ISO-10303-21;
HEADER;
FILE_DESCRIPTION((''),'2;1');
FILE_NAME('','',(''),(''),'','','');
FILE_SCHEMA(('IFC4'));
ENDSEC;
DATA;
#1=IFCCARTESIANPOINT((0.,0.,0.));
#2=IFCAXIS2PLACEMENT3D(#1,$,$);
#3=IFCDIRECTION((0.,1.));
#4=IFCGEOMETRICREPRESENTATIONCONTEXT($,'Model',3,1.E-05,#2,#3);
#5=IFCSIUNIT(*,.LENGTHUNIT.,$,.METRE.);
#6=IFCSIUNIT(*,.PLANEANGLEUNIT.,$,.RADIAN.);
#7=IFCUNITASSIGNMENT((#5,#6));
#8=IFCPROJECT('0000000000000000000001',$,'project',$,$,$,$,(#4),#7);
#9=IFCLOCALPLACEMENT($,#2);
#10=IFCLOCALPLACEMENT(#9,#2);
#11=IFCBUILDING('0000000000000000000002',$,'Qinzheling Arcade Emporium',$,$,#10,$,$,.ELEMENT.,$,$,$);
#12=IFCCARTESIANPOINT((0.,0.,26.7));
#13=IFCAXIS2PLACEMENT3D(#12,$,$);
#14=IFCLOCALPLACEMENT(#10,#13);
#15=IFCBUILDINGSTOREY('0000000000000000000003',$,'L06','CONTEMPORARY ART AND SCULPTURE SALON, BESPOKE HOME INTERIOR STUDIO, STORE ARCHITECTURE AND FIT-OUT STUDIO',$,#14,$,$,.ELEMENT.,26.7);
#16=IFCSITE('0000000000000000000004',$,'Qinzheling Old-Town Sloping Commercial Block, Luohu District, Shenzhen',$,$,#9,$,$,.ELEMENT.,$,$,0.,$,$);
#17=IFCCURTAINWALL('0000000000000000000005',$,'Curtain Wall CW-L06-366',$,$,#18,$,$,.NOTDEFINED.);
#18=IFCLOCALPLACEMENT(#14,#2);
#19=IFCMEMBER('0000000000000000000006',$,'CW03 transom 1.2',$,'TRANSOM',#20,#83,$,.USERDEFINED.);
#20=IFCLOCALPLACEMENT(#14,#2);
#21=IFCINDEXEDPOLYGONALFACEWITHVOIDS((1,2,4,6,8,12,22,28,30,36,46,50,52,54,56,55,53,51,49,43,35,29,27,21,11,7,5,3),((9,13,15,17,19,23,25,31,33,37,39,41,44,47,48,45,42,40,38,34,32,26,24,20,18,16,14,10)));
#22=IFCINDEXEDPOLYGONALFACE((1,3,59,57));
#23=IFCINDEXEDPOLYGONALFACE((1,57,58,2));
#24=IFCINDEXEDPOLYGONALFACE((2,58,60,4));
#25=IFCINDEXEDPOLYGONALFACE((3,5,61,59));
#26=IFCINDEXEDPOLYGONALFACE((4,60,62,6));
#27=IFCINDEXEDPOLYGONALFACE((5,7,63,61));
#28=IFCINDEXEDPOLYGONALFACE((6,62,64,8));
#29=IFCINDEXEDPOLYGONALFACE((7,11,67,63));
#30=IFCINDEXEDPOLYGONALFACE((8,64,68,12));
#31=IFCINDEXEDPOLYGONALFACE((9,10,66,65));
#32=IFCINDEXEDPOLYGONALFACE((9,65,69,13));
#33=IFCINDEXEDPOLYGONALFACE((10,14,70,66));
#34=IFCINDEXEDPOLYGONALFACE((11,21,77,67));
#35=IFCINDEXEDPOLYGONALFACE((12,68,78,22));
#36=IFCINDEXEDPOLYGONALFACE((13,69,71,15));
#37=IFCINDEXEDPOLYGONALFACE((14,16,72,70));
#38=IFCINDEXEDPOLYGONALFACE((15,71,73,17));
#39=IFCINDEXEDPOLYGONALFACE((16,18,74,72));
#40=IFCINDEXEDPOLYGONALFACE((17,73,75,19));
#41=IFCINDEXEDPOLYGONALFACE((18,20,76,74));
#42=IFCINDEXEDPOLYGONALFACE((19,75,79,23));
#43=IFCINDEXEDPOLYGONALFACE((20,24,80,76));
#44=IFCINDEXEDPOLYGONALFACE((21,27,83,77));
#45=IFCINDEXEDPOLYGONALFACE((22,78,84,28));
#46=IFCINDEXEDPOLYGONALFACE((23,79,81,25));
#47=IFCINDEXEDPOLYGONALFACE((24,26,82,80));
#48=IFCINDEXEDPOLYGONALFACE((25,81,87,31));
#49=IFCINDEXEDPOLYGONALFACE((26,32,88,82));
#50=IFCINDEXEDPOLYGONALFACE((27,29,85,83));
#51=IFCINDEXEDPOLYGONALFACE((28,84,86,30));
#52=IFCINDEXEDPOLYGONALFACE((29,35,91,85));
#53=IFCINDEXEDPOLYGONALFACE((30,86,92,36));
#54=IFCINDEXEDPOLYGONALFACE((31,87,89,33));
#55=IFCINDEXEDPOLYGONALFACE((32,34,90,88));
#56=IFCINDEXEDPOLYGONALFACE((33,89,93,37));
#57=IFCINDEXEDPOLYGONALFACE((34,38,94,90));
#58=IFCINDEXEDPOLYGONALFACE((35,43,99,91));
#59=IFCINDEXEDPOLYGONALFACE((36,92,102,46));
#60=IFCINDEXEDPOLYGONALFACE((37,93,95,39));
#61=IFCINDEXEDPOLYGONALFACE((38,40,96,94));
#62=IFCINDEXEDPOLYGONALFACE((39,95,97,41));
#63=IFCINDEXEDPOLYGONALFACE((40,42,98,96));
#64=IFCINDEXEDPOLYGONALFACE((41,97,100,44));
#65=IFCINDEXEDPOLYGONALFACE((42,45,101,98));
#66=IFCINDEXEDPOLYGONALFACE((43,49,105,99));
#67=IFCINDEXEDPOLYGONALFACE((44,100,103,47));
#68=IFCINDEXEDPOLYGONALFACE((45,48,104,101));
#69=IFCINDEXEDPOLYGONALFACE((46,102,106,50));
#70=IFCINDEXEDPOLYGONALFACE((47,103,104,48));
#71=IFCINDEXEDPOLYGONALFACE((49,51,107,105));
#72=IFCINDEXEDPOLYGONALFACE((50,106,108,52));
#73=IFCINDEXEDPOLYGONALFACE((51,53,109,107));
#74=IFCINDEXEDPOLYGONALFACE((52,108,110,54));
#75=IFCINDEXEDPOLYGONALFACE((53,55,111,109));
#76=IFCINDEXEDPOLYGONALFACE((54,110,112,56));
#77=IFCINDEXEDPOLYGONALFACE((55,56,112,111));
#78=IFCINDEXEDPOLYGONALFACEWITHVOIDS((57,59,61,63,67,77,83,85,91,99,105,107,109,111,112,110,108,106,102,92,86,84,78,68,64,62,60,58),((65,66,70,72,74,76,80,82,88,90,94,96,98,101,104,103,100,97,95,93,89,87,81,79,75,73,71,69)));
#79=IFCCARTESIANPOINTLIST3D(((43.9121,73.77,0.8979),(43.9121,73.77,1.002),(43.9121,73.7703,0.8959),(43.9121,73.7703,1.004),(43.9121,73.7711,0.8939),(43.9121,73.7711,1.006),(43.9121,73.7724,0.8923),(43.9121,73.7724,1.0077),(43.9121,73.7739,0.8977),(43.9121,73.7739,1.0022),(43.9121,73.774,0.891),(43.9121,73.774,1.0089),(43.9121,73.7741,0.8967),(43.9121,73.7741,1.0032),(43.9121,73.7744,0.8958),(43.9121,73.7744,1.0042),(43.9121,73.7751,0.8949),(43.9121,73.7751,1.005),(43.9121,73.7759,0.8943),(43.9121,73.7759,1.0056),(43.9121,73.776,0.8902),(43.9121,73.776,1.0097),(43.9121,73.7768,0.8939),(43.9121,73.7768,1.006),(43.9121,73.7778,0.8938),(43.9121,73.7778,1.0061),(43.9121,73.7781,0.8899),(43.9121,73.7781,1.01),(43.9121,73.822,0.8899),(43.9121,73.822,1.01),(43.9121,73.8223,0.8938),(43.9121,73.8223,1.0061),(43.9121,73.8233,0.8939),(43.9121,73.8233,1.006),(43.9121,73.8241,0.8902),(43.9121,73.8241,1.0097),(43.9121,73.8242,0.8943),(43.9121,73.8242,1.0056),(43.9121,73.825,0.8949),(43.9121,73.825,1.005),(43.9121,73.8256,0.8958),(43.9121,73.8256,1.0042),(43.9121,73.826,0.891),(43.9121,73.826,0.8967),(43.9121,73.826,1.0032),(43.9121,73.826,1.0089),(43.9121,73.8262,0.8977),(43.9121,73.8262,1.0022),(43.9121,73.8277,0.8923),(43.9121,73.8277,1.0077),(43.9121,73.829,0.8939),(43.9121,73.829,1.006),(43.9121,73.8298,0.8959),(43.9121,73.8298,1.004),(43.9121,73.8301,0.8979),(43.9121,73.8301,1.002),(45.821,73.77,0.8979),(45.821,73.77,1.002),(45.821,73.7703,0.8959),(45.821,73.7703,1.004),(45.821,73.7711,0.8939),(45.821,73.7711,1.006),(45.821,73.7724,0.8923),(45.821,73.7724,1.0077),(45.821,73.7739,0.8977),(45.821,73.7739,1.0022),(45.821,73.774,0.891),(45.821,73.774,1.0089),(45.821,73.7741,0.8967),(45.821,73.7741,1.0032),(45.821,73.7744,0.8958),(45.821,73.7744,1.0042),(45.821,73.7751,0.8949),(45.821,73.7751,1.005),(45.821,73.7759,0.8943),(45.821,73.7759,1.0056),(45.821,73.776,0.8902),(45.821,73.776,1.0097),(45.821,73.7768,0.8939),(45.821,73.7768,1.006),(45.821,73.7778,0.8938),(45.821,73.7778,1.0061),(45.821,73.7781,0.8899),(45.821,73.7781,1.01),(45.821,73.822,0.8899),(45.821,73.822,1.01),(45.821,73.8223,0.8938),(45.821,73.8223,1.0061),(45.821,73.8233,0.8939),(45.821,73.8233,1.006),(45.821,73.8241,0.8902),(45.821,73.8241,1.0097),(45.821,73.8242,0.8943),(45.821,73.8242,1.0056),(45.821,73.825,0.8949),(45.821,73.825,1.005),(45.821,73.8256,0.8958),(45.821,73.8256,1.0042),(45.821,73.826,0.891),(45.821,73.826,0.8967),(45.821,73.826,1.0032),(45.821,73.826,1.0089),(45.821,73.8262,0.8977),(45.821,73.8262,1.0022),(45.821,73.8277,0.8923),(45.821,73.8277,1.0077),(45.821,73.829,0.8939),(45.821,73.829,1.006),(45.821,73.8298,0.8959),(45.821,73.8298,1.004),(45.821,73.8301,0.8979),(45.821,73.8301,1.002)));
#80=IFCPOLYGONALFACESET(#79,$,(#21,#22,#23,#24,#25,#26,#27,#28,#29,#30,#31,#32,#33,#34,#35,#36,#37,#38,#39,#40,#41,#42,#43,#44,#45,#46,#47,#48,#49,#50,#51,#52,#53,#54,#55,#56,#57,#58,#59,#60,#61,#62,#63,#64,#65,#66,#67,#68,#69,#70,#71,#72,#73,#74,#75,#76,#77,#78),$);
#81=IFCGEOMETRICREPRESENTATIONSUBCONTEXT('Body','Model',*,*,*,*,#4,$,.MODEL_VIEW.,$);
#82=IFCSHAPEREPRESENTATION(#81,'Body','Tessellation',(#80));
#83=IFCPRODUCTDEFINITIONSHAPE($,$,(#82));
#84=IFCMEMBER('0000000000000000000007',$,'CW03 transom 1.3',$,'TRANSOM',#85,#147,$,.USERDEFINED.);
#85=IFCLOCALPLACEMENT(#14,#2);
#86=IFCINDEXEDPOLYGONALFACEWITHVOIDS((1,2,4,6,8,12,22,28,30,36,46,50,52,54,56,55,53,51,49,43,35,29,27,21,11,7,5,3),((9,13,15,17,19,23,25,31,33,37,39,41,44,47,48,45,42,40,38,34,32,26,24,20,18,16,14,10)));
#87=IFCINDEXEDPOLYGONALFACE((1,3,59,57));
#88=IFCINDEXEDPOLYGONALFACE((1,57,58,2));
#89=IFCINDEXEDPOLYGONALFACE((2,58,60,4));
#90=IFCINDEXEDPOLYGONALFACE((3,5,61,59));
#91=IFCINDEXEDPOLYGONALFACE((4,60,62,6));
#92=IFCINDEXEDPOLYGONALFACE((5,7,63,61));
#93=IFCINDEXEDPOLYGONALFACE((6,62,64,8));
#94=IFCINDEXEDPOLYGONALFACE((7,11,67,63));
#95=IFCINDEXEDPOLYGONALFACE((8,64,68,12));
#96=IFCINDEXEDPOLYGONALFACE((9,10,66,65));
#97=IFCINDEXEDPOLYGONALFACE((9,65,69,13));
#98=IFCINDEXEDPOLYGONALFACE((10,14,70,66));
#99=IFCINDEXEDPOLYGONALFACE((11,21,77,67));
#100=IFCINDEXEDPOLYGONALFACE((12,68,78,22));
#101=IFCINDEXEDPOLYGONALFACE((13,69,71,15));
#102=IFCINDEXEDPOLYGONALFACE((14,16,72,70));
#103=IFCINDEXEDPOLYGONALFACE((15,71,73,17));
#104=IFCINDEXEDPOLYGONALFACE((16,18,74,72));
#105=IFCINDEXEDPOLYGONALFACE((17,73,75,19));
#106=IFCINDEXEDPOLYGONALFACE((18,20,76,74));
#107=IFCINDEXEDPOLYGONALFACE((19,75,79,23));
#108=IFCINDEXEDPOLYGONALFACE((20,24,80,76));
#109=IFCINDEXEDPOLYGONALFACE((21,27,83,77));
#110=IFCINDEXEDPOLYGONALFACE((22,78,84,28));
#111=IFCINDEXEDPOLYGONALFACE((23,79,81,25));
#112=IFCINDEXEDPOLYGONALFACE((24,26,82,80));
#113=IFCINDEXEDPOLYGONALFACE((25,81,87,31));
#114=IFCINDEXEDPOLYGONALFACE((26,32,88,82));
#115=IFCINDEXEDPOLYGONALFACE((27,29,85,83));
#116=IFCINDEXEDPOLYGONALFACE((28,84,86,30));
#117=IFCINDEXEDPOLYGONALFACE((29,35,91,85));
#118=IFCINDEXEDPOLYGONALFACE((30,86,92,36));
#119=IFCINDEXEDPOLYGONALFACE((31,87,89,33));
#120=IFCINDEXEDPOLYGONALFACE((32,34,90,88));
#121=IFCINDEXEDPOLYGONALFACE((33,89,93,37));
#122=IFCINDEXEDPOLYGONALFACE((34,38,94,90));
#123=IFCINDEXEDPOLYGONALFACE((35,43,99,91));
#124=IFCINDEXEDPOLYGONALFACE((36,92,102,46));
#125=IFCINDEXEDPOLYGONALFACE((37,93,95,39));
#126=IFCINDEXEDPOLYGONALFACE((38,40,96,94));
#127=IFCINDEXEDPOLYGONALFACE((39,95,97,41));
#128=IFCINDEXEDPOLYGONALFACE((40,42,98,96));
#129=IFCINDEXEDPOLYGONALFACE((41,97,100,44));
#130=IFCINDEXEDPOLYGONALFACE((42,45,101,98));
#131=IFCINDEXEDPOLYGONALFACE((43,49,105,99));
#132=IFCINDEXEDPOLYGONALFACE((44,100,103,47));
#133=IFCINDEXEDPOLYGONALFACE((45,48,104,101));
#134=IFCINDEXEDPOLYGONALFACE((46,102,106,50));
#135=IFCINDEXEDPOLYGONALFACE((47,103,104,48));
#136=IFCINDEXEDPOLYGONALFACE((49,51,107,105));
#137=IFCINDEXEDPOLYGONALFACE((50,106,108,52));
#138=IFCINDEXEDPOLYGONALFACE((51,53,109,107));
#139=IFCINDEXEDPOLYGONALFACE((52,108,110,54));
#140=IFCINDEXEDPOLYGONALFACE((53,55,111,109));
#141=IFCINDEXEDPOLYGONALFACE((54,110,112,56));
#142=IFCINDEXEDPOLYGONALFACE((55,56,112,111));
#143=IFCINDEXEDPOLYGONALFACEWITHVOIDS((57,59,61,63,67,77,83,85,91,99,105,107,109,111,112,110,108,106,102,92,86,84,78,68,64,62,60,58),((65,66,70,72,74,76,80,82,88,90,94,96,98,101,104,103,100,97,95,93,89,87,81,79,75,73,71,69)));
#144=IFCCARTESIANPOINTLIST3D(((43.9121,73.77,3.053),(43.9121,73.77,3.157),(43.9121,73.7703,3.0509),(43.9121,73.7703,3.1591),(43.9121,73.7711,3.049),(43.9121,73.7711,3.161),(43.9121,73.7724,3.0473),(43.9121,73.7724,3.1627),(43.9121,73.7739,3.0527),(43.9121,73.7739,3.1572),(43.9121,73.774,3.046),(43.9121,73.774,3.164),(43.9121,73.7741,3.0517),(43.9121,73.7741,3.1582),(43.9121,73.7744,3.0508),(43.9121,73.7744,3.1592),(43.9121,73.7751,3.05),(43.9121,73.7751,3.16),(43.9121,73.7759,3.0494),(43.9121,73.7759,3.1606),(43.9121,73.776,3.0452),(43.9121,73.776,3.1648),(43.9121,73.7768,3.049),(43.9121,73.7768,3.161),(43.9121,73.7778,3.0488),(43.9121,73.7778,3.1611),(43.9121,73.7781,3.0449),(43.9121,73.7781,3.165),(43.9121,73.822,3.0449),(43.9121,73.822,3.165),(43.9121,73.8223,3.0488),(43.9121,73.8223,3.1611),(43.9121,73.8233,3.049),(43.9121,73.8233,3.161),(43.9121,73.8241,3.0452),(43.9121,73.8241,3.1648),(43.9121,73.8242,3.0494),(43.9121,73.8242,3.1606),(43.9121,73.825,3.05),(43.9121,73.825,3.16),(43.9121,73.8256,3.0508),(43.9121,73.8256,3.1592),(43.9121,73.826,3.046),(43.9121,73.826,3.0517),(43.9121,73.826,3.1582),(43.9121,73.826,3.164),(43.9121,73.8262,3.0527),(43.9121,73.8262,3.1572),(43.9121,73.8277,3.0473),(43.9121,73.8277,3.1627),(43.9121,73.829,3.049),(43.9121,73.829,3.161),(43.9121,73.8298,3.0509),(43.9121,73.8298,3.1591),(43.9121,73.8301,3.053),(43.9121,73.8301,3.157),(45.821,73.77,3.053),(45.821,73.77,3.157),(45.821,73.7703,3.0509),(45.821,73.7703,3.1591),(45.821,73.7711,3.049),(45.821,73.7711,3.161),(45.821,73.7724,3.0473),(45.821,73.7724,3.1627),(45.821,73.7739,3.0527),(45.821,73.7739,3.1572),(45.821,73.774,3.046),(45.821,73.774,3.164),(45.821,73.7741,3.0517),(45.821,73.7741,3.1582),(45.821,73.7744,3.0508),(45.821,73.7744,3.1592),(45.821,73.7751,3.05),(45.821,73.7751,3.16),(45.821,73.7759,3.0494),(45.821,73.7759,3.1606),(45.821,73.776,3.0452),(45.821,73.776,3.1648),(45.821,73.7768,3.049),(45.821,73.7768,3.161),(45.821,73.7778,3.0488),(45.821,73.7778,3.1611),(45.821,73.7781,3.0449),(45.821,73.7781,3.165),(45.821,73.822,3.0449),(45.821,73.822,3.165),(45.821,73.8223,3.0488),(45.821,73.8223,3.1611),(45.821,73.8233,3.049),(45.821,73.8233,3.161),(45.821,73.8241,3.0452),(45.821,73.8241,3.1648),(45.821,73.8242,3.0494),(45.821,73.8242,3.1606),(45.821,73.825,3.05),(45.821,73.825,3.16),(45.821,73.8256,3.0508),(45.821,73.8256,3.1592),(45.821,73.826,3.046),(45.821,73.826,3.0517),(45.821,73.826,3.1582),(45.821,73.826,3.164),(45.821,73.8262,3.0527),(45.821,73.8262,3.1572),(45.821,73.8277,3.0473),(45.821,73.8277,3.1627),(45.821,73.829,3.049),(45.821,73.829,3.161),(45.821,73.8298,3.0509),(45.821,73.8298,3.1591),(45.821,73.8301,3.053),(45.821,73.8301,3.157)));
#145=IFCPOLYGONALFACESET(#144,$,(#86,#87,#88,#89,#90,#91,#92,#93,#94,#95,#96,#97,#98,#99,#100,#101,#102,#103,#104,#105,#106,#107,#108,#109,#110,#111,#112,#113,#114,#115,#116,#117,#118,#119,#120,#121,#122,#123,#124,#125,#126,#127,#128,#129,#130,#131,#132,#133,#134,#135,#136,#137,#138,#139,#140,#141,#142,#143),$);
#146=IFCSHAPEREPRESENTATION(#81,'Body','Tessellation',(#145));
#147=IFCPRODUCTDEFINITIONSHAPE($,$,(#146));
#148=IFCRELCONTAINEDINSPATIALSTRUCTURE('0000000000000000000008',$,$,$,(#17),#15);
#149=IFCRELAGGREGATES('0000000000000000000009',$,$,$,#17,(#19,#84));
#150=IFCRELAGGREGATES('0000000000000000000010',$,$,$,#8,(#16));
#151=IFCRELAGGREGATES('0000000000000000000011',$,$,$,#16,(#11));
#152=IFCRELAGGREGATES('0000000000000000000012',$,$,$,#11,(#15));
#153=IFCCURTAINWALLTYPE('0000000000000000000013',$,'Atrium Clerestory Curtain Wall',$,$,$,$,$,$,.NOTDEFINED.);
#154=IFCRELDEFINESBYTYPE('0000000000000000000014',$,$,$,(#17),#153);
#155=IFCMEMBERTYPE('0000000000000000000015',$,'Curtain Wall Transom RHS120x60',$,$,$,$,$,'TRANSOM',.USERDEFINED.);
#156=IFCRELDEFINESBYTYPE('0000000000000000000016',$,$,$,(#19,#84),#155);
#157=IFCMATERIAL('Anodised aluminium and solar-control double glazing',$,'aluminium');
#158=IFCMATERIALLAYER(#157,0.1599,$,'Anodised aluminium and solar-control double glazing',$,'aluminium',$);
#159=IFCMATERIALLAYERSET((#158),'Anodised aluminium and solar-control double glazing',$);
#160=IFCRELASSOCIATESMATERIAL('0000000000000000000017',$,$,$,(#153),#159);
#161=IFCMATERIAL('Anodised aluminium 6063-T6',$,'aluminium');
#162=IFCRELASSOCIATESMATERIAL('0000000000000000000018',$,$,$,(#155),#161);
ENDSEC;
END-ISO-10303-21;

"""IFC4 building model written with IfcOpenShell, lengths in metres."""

from ifc_helpers import new_model, si_unit, direction, frame, origin, origin_2d, place, context, subcontext, project, spatial, hollow_rectangle, extrude, material, layer, layer_set, material_profile, profile_set, type_object, element, aggregate, save


model = new_model("IFC4")

# Units and contexts
model_context = context("Model", 3, precision=1e-05, world=origin(), true_north=direction((0.0, 1.0)))
body_context = subcontext(model_context, "Body", "Model", "MODEL_VIEW")
ifc_project = project(units=[si_unit("LENGTHUNIT", "METRE"), si_unit("PLANEANGLEUNIT", "RADIAN")], contexts=[model_context])

# Site, building, storey
site_placement = place(None, origin())
site = spatial("IfcSite", under=ifc_project, at=site_placement, Name="Qinzheling Old-Town Sloping Commercial Block, Luohu District, Shenzhen", CompositionType="ELEMENT", RefElevation=0.0)
building_placement = place(site_placement, origin())
building = spatial("IfcBuilding", under=site, at=building_placement, Name="Qinzheling Arcade Emporium", CompositionType="ELEMENT")
storey_placement = place(building_placement, frame((0.0, 0.0, 26.7)))
storey = spatial("IfcBuildingStorey", under=building, at=storey_placement, Name="L06", Description="CONTEMPORARY ART AND SCULPTURE SALON, BESPOKE HOME INTERIOR STUDIO, STORE ARCHITECTURE AND FIT-OUT STUDIO", CompositionType="ELEMENT", Elevation=26.7)

# Curtain wall, members
ifc_material_1 = material(Name="Anodised aluminium and solar-control double glazing", Category="aluminium")
ifc_layer_1 = layer(ifc_material_1, 0.1599, Name="Anodised aluminium and solar-control double glazing", Category="aluminium")
ifc_layer_set_1 = layer_set([ifc_layer_1], Name="Anodised aluminium and solar-control double glazing")
curtain_wall_type = type_object("IfcCurtainWallType", Name="Atrium Clerestory Curtain Wall", PredefinedType="NOTDEFINED", material=ifc_layer_set_1)
curtain_wall_placement = place(storey_placement, origin())
curtain_wall = element("IfcCurtainWall", 1, at=curtain_wall_placement, inside=storey, type_object=curtain_wall_type, Name="Curtain Wall CW-L06-366", PredefinedType="NOTDEFINED")
ifc_material_2 = material(Name="Anodised aluminium 6063-T6", Category="aluminium")
ifc_material_profile_1 = material_profile(ifc_material_2, hollow_rectangle(XDim=0.0601, YDim=0.1201, WallThickness=0.0039, InnerFilletRadius=0.0039, OuterFilletRadius=0.0081, at=origin_2d()), Name="RHS 120x60x4", Category="aluminium")
ifc_profile_set_1 = profile_set([ifc_material_profile_1], Name="Anodised aluminium 6063-T6")
member_type_1 = type_object("IfcMemberType", Name="Curtain Wall Transom RHS120x60", ElementType="TRANSOM", PredefinedType="USERDEFINED", material=ifc_profile_set_1)
member_1_placement = place(storey_placement, frame((43.9121, 73.8, 0.95), z_axis=(1.0, 0.0, 0.0), x_axis=(0.0, 1.0, 0.0)))
member_1 = element("IfcMember", 2, at=member_1_placement, type_object=member_type_1, Name="CW03 transom 1.2", ObjectType="TRANSOM", PredefinedType="USERDEFINED", context=body_context, shape_type="SweptSolid", body=[
    extrude(hollow_rectangle(XDim=0.0601, YDim=0.1201, WallThickness=0.0039, InnerFilletRadius=0.0039, OuterFilletRadius=0.0081, at=origin_2d()), origin(), (0.0, 0.0, 1.0), 1.9089),
])
member_2_placement = place(storey_placement, frame((43.9121, 73.8, 3.105), z_axis=(1.0, 0.0, 0.0), x_axis=(0.0, 1.0, 0.0)))
member_2 = element("IfcMember", 3, at=member_2_placement, type_object=member_type_1, Name="CW03 transom 1.3", ObjectType="TRANSOM", PredefinedType="USERDEFINED", context=body_context, shape_type="SweptSolid", body=[
    extrude(hollow_rectangle(XDim=0.0601, YDim=0.1201, WallThickness=0.0039, InnerFilletRadius=0.0039, OuterFilletRadius=0.0081, at=origin_2d()), origin(), (0.0, 0.0, 1.0), 1.9089),
])

aggregate(curtain_wall, [member_1, member_2])

save(model, "model.ifc")
